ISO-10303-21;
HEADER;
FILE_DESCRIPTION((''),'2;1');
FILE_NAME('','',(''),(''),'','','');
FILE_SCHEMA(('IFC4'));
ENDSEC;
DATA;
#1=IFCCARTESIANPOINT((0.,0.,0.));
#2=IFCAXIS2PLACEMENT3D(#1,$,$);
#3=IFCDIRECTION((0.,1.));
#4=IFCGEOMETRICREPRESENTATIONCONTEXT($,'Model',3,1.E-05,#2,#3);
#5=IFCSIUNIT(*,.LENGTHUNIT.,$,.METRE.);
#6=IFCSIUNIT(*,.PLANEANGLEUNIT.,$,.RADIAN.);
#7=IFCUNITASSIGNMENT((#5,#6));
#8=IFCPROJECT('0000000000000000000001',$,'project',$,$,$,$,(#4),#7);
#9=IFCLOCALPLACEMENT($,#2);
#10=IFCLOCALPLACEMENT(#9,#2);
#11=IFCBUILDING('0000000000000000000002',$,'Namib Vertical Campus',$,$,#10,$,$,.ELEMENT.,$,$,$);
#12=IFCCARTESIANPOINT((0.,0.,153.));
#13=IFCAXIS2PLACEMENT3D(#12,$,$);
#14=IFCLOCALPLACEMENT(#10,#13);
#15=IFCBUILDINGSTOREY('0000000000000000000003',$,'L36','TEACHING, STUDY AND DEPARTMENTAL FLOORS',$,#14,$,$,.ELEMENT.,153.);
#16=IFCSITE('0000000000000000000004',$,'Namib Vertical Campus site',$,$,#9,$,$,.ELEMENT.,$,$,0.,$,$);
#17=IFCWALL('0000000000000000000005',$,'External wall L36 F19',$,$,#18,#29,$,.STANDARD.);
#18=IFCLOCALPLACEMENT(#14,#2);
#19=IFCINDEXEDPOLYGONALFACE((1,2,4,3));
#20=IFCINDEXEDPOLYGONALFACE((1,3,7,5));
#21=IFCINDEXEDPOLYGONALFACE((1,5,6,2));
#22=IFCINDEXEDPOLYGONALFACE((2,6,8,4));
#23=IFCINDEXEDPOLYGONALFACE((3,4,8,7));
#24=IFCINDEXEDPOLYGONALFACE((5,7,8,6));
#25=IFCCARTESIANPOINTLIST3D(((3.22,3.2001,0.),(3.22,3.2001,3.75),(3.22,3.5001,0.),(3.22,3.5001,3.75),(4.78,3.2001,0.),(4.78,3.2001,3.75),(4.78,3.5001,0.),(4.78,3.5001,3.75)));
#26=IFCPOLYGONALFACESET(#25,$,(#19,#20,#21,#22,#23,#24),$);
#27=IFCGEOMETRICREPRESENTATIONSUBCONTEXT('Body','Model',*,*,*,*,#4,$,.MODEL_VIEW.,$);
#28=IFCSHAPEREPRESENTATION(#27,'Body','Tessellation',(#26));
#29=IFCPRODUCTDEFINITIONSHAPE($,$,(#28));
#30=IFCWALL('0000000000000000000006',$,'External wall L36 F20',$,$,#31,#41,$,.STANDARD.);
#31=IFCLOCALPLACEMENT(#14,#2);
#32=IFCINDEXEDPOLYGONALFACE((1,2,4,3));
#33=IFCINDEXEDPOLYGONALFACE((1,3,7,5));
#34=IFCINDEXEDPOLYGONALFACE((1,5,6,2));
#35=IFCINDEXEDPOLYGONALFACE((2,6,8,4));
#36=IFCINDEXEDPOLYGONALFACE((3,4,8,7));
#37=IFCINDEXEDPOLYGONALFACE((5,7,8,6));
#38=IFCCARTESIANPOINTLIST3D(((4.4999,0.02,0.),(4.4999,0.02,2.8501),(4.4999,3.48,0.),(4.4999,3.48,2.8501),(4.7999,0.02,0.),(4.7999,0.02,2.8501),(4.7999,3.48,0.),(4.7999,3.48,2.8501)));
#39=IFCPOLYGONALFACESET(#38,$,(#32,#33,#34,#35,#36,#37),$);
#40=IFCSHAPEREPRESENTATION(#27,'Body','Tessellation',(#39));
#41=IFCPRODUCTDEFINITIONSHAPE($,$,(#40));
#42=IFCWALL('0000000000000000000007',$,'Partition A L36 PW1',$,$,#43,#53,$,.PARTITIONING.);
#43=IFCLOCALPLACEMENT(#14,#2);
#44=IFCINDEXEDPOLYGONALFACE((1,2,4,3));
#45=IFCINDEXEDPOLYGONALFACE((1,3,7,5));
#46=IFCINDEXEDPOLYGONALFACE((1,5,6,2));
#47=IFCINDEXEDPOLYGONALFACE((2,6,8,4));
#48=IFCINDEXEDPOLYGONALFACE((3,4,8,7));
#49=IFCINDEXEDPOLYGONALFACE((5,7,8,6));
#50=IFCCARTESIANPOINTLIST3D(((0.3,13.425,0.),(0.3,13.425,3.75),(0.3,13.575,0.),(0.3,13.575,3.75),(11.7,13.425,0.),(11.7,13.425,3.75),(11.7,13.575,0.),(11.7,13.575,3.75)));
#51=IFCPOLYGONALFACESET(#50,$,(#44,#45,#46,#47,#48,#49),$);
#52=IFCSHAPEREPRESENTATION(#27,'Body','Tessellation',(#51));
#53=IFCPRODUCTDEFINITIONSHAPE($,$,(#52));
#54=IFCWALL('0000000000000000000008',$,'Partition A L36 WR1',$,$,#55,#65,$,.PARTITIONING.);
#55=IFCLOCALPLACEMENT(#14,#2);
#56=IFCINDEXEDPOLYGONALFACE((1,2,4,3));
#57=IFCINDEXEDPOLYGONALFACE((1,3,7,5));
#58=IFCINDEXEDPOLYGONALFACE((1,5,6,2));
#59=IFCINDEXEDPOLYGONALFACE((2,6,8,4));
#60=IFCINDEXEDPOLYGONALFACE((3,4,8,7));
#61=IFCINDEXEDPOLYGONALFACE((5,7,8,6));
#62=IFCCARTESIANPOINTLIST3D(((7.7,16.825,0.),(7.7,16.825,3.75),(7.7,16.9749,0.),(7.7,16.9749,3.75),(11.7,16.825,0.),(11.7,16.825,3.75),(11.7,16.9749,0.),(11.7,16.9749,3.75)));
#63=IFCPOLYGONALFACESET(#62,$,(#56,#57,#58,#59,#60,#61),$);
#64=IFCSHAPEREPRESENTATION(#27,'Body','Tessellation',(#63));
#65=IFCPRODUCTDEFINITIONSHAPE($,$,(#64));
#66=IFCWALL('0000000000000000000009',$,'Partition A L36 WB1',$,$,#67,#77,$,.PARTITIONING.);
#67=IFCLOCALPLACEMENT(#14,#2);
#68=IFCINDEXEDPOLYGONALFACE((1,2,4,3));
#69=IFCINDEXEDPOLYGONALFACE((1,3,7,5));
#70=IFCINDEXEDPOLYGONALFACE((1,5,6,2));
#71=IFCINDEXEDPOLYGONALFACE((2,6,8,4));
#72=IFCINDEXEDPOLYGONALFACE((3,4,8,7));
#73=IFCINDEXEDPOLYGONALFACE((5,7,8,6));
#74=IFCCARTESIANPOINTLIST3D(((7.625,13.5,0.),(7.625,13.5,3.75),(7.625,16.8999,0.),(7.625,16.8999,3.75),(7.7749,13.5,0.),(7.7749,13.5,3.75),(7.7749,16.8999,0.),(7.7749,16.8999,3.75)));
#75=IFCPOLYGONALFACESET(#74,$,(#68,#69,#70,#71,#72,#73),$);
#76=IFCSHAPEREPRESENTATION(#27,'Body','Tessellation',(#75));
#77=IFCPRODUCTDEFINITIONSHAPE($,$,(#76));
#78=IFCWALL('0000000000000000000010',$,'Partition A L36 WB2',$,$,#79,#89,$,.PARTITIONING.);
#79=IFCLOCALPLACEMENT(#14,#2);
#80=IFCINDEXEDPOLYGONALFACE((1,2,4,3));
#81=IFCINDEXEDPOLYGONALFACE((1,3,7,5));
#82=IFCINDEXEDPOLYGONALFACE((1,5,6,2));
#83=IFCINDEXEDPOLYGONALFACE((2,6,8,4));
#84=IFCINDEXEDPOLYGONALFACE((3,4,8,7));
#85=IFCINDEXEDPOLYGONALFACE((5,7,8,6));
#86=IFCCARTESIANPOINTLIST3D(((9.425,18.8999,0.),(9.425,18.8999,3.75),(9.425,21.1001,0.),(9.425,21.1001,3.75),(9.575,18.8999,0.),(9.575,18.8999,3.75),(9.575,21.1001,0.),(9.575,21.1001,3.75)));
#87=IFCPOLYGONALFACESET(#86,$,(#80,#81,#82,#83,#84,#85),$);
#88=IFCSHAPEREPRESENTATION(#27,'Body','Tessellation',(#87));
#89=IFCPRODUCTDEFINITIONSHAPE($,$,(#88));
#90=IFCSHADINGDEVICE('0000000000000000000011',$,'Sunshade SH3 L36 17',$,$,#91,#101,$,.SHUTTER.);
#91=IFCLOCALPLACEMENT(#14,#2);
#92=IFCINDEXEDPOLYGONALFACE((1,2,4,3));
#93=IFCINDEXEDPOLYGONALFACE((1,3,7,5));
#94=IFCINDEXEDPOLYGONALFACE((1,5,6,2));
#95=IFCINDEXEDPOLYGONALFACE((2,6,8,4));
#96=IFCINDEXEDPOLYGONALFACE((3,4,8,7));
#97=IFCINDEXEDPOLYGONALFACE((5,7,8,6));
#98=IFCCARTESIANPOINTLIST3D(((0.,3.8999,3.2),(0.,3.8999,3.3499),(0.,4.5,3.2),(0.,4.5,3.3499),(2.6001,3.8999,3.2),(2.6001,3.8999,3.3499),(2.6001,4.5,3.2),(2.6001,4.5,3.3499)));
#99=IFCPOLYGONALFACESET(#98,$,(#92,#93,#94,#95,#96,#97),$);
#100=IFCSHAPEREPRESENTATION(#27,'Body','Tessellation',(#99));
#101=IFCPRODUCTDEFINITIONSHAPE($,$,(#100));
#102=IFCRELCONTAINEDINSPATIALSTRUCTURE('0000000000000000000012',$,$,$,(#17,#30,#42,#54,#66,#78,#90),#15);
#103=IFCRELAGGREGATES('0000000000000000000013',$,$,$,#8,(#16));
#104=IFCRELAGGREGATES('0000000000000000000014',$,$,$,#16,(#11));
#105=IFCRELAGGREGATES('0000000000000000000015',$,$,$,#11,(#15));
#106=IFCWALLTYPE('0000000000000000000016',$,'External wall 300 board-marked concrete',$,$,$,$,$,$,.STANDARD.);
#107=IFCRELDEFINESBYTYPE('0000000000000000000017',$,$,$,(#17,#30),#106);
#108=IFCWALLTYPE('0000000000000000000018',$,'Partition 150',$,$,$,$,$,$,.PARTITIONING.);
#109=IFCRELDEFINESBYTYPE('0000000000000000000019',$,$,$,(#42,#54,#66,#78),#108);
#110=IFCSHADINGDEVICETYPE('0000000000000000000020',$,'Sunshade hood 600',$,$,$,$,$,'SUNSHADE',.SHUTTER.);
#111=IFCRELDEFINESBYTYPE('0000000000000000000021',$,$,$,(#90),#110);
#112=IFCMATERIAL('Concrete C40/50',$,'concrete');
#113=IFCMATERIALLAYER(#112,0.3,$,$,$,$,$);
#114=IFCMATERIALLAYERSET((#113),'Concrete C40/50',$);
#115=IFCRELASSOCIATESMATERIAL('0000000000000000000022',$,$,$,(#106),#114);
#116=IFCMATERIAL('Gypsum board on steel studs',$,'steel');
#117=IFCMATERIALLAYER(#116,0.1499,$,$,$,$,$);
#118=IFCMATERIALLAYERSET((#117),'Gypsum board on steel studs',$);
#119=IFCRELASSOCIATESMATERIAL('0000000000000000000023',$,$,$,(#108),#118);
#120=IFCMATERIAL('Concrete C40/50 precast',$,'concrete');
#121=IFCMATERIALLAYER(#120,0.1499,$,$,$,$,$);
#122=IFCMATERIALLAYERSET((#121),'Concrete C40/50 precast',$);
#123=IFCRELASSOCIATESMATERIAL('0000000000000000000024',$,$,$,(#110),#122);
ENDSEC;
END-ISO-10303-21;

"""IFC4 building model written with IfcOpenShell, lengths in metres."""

from ifc_helpers import new_model, si_unit, direction, frame, frame_2d, origin, origin_2d, place, context, subcontext, project, spatial, rectangle, extrude, material, layer, layer_set, type_object, element, save


model = new_model("IFC4")

# Units and contexts
model_context = context("Model", 3, precision=1e-05, world=origin(), true_north=direction((0.0, 1.0)))
body_context = subcontext(model_context, "Body", "Model", "MODEL_VIEW")
ifc_project = project(units=[si_unit("LENGTHUNIT", "METRE"), si_unit("PLANEANGLEUNIT", "RADIAN")], contexts=[model_context])

# Site, building, storey
site_placement = place(None, origin())
site = spatial("IfcSite", under=ifc_project, at=site_placement, Name="Namib Vertical Campus site", CompositionType="ELEMENT", RefElevation=0.0)
building_placement = place(site_placement, origin())
building = spatial("IfcBuilding", under=site, at=building_placement, Name="Namib Vertical Campus", CompositionType="ELEMENT")
storey_placement = place(building_placement, frame((0.0, 0.0, 153.0)))
storey = spatial("IfcBuildingStorey", under=building, at=storey_placement, Name="L36", Description="TEACHING, STUDY AND DEPARTMENTAL FLOORS", CompositionType="ELEMENT", Elevation=153.0)

# Walls
ifc_material_1 = material(Name="Concrete C40/50", Category="concrete")
ifc_layer_1 = layer(ifc_material_1, 0.3)
ifc_layer_set_1 = layer_set([ifc_layer_1], Name="Concrete C40/50")
wall_type_1 = type_object("IfcWallType", Name="External wall 300 board-marked concrete", PredefinedType="STANDARD", material=ifc_layer_set_1)
for number, where, z_axis, x_axis, name in (
    (1, (3.22, 3.3501, 0.0), (0.0, 0.0, 1.0), (1.0, 0.0, 0.0), "External wall L36 F19"),
):
    element("IfcWall", number, at=place(storey_placement, frame(where, z_axis=z_axis, x_axis=x_axis)), inside=storey, type_object=wall_type_1, Name=name, PredefinedType="STANDARD", context=body_context, shape_type="SweptSolid", body=[
        extrude(rectangle(XDim=1.5601, YDim=0.3, at=frame_2d((0.78, 0.0))), origin(), (0.0, 0.0, 1.0), 3.75),
    ])
wall_1_placement = place(storey_placement, frame((4.6499, 3.48, 0.0), z_axis=(0.0, 0.0, 1.0), x_axis=(0.0, -1.0, 0.0)))
element("IfcWall", 2, at=wall_1_placement, inside=storey, type_object=wall_type_1, Name="External wall L36 F20", PredefinedType="STANDARD", context=body_context, shape_type="SweptSolid", body=[
    extrude(rectangle(XDim=3.46, YDim=0.3, at=frame_2d((1.73, 0.0))), origin(), (0.0, 0.0, 1.0), 2.8501),
])
ifc_material_2 = material(Name="Gypsum board on steel studs", Category="steel")
ifc_layer_2 = layer(ifc_material_2, 0.1499)
ifc_layer_set_2 = layer_set([ifc_layer_2], Name="Gypsum board on steel studs")
wall_type_2 = type_object("IfcWallType", Name="Partition 150", PredefinedType="PARTITIONING", material=ifc_layer_set_2)
wall_2_placement = place(storey_placement, frame((0.3, 13.5, 0.0), z_axis=(0.0, 0.0, 1.0), x_axis=(1.0, 0.0, 0.0)))
element("IfcWall", 3, at=wall_2_placement, inside=storey, type_object=wall_type_2, Name="Partition A L36 PW1", PredefinedType="PARTITIONING", context=body_context, shape_type="SweptSolid", body=[
    extrude(rectangle(XDim=11.3999, YDim=0.1499, at=frame_2d((5.7, 0.0))), origin(), (0.0, 0.0, 1.0), 3.75),
])
wall_3_placement = place(storey_placement, frame((11.7, 16.8999, 0.0), z_axis=(0.0, 0.0, 1.0), x_axis=(-1.0, 0.0, 0.0)))
element("IfcWall", 4, at=wall_3_placement, inside=storey, type_object=wall_type_2, Name="Partition A L36 WR1", PredefinedType="PARTITIONING", context=body_context, shape_type="SweptSolid", body=[
    extrude(rectangle(XDim=4.0, YDim=0.1499, at=frame_2d((2.0, 0.0))), origin(), (0.0, 0.0, 1.0), 3.75),
])
wall_4_placement = place(storey_placement, frame((7.7, 13.5, 0.0), z_axis=(0.0, 0.0, 1.0), x_axis=(0.0, 1.0, 0.0)))
element("IfcWall", 5, at=wall_4_placement, inside=storey, type_object=wall_type_2, Name="Partition A L36 WB1", PredefinedType="PARTITIONING", context=body_context, shape_type="SweptSolid", body=[
    extrude(rectangle(XDim=3.3999, YDim=0.1499, at=frame_2d((1.7, 0.0))), origin(), (0.0, 0.0, 1.0), 3.75),
])
wall_5_placement = place(storey_placement, frame((9.5, 18.8999, 0.0), z_axis=(0.0, 0.0, 1.0), x_axis=(0.0, 1.0, 0.0)))
element("IfcWall", 6, at=wall_5_placement, inside=storey, type_object=wall_type_2, Name="Partition A L36 WB2", PredefinedType="PARTITIONING", context=body_context, shape_type="SweptSolid", body=[
    extrude(rectangle(XDim=2.2002, YDim=0.1499, at=frame_2d((1.1001, 0.0))), origin(), (0.0, 0.0, 1.0), 3.75),
])

# Shading device
ifc_material_3 = material(Name="Concrete C40/50 precast", Category="concrete")
ifc_layer_3 = layer(ifc_material_3, 0.1499)
ifc_layer_set_3 = layer_set([ifc_layer_3], Name="Concrete C40/50 precast")
shading_device_type = type_object("IfcShadingDeviceType", Name="Sunshade hood 600", ElementType="SUNSHADE", PredefinedType="SHUTTER", material=ifc_layer_set_3)
shading_device_placement = place(storey_placement, frame((1.3, 4.2, 3.2), z_axis=(0.0, 0.0, 1.0), x_axis=(1.0, 0.0, 0.0)))
element("IfcShadingDevice", 7, at=shading_device_placement, inside=storey, type_object=shading_device_type, Name="Sunshade SH3 L36 17", PredefinedType="SHUTTER", context=body_context, shape_type="SweptSolid", body=[
    extrude(rectangle(XDim=2.6001, YDim=0.6001, at=origin_2d()), origin(), (0.0, 0.0, 1.0), 0.1499),
])

save(model, "model.ifc")
